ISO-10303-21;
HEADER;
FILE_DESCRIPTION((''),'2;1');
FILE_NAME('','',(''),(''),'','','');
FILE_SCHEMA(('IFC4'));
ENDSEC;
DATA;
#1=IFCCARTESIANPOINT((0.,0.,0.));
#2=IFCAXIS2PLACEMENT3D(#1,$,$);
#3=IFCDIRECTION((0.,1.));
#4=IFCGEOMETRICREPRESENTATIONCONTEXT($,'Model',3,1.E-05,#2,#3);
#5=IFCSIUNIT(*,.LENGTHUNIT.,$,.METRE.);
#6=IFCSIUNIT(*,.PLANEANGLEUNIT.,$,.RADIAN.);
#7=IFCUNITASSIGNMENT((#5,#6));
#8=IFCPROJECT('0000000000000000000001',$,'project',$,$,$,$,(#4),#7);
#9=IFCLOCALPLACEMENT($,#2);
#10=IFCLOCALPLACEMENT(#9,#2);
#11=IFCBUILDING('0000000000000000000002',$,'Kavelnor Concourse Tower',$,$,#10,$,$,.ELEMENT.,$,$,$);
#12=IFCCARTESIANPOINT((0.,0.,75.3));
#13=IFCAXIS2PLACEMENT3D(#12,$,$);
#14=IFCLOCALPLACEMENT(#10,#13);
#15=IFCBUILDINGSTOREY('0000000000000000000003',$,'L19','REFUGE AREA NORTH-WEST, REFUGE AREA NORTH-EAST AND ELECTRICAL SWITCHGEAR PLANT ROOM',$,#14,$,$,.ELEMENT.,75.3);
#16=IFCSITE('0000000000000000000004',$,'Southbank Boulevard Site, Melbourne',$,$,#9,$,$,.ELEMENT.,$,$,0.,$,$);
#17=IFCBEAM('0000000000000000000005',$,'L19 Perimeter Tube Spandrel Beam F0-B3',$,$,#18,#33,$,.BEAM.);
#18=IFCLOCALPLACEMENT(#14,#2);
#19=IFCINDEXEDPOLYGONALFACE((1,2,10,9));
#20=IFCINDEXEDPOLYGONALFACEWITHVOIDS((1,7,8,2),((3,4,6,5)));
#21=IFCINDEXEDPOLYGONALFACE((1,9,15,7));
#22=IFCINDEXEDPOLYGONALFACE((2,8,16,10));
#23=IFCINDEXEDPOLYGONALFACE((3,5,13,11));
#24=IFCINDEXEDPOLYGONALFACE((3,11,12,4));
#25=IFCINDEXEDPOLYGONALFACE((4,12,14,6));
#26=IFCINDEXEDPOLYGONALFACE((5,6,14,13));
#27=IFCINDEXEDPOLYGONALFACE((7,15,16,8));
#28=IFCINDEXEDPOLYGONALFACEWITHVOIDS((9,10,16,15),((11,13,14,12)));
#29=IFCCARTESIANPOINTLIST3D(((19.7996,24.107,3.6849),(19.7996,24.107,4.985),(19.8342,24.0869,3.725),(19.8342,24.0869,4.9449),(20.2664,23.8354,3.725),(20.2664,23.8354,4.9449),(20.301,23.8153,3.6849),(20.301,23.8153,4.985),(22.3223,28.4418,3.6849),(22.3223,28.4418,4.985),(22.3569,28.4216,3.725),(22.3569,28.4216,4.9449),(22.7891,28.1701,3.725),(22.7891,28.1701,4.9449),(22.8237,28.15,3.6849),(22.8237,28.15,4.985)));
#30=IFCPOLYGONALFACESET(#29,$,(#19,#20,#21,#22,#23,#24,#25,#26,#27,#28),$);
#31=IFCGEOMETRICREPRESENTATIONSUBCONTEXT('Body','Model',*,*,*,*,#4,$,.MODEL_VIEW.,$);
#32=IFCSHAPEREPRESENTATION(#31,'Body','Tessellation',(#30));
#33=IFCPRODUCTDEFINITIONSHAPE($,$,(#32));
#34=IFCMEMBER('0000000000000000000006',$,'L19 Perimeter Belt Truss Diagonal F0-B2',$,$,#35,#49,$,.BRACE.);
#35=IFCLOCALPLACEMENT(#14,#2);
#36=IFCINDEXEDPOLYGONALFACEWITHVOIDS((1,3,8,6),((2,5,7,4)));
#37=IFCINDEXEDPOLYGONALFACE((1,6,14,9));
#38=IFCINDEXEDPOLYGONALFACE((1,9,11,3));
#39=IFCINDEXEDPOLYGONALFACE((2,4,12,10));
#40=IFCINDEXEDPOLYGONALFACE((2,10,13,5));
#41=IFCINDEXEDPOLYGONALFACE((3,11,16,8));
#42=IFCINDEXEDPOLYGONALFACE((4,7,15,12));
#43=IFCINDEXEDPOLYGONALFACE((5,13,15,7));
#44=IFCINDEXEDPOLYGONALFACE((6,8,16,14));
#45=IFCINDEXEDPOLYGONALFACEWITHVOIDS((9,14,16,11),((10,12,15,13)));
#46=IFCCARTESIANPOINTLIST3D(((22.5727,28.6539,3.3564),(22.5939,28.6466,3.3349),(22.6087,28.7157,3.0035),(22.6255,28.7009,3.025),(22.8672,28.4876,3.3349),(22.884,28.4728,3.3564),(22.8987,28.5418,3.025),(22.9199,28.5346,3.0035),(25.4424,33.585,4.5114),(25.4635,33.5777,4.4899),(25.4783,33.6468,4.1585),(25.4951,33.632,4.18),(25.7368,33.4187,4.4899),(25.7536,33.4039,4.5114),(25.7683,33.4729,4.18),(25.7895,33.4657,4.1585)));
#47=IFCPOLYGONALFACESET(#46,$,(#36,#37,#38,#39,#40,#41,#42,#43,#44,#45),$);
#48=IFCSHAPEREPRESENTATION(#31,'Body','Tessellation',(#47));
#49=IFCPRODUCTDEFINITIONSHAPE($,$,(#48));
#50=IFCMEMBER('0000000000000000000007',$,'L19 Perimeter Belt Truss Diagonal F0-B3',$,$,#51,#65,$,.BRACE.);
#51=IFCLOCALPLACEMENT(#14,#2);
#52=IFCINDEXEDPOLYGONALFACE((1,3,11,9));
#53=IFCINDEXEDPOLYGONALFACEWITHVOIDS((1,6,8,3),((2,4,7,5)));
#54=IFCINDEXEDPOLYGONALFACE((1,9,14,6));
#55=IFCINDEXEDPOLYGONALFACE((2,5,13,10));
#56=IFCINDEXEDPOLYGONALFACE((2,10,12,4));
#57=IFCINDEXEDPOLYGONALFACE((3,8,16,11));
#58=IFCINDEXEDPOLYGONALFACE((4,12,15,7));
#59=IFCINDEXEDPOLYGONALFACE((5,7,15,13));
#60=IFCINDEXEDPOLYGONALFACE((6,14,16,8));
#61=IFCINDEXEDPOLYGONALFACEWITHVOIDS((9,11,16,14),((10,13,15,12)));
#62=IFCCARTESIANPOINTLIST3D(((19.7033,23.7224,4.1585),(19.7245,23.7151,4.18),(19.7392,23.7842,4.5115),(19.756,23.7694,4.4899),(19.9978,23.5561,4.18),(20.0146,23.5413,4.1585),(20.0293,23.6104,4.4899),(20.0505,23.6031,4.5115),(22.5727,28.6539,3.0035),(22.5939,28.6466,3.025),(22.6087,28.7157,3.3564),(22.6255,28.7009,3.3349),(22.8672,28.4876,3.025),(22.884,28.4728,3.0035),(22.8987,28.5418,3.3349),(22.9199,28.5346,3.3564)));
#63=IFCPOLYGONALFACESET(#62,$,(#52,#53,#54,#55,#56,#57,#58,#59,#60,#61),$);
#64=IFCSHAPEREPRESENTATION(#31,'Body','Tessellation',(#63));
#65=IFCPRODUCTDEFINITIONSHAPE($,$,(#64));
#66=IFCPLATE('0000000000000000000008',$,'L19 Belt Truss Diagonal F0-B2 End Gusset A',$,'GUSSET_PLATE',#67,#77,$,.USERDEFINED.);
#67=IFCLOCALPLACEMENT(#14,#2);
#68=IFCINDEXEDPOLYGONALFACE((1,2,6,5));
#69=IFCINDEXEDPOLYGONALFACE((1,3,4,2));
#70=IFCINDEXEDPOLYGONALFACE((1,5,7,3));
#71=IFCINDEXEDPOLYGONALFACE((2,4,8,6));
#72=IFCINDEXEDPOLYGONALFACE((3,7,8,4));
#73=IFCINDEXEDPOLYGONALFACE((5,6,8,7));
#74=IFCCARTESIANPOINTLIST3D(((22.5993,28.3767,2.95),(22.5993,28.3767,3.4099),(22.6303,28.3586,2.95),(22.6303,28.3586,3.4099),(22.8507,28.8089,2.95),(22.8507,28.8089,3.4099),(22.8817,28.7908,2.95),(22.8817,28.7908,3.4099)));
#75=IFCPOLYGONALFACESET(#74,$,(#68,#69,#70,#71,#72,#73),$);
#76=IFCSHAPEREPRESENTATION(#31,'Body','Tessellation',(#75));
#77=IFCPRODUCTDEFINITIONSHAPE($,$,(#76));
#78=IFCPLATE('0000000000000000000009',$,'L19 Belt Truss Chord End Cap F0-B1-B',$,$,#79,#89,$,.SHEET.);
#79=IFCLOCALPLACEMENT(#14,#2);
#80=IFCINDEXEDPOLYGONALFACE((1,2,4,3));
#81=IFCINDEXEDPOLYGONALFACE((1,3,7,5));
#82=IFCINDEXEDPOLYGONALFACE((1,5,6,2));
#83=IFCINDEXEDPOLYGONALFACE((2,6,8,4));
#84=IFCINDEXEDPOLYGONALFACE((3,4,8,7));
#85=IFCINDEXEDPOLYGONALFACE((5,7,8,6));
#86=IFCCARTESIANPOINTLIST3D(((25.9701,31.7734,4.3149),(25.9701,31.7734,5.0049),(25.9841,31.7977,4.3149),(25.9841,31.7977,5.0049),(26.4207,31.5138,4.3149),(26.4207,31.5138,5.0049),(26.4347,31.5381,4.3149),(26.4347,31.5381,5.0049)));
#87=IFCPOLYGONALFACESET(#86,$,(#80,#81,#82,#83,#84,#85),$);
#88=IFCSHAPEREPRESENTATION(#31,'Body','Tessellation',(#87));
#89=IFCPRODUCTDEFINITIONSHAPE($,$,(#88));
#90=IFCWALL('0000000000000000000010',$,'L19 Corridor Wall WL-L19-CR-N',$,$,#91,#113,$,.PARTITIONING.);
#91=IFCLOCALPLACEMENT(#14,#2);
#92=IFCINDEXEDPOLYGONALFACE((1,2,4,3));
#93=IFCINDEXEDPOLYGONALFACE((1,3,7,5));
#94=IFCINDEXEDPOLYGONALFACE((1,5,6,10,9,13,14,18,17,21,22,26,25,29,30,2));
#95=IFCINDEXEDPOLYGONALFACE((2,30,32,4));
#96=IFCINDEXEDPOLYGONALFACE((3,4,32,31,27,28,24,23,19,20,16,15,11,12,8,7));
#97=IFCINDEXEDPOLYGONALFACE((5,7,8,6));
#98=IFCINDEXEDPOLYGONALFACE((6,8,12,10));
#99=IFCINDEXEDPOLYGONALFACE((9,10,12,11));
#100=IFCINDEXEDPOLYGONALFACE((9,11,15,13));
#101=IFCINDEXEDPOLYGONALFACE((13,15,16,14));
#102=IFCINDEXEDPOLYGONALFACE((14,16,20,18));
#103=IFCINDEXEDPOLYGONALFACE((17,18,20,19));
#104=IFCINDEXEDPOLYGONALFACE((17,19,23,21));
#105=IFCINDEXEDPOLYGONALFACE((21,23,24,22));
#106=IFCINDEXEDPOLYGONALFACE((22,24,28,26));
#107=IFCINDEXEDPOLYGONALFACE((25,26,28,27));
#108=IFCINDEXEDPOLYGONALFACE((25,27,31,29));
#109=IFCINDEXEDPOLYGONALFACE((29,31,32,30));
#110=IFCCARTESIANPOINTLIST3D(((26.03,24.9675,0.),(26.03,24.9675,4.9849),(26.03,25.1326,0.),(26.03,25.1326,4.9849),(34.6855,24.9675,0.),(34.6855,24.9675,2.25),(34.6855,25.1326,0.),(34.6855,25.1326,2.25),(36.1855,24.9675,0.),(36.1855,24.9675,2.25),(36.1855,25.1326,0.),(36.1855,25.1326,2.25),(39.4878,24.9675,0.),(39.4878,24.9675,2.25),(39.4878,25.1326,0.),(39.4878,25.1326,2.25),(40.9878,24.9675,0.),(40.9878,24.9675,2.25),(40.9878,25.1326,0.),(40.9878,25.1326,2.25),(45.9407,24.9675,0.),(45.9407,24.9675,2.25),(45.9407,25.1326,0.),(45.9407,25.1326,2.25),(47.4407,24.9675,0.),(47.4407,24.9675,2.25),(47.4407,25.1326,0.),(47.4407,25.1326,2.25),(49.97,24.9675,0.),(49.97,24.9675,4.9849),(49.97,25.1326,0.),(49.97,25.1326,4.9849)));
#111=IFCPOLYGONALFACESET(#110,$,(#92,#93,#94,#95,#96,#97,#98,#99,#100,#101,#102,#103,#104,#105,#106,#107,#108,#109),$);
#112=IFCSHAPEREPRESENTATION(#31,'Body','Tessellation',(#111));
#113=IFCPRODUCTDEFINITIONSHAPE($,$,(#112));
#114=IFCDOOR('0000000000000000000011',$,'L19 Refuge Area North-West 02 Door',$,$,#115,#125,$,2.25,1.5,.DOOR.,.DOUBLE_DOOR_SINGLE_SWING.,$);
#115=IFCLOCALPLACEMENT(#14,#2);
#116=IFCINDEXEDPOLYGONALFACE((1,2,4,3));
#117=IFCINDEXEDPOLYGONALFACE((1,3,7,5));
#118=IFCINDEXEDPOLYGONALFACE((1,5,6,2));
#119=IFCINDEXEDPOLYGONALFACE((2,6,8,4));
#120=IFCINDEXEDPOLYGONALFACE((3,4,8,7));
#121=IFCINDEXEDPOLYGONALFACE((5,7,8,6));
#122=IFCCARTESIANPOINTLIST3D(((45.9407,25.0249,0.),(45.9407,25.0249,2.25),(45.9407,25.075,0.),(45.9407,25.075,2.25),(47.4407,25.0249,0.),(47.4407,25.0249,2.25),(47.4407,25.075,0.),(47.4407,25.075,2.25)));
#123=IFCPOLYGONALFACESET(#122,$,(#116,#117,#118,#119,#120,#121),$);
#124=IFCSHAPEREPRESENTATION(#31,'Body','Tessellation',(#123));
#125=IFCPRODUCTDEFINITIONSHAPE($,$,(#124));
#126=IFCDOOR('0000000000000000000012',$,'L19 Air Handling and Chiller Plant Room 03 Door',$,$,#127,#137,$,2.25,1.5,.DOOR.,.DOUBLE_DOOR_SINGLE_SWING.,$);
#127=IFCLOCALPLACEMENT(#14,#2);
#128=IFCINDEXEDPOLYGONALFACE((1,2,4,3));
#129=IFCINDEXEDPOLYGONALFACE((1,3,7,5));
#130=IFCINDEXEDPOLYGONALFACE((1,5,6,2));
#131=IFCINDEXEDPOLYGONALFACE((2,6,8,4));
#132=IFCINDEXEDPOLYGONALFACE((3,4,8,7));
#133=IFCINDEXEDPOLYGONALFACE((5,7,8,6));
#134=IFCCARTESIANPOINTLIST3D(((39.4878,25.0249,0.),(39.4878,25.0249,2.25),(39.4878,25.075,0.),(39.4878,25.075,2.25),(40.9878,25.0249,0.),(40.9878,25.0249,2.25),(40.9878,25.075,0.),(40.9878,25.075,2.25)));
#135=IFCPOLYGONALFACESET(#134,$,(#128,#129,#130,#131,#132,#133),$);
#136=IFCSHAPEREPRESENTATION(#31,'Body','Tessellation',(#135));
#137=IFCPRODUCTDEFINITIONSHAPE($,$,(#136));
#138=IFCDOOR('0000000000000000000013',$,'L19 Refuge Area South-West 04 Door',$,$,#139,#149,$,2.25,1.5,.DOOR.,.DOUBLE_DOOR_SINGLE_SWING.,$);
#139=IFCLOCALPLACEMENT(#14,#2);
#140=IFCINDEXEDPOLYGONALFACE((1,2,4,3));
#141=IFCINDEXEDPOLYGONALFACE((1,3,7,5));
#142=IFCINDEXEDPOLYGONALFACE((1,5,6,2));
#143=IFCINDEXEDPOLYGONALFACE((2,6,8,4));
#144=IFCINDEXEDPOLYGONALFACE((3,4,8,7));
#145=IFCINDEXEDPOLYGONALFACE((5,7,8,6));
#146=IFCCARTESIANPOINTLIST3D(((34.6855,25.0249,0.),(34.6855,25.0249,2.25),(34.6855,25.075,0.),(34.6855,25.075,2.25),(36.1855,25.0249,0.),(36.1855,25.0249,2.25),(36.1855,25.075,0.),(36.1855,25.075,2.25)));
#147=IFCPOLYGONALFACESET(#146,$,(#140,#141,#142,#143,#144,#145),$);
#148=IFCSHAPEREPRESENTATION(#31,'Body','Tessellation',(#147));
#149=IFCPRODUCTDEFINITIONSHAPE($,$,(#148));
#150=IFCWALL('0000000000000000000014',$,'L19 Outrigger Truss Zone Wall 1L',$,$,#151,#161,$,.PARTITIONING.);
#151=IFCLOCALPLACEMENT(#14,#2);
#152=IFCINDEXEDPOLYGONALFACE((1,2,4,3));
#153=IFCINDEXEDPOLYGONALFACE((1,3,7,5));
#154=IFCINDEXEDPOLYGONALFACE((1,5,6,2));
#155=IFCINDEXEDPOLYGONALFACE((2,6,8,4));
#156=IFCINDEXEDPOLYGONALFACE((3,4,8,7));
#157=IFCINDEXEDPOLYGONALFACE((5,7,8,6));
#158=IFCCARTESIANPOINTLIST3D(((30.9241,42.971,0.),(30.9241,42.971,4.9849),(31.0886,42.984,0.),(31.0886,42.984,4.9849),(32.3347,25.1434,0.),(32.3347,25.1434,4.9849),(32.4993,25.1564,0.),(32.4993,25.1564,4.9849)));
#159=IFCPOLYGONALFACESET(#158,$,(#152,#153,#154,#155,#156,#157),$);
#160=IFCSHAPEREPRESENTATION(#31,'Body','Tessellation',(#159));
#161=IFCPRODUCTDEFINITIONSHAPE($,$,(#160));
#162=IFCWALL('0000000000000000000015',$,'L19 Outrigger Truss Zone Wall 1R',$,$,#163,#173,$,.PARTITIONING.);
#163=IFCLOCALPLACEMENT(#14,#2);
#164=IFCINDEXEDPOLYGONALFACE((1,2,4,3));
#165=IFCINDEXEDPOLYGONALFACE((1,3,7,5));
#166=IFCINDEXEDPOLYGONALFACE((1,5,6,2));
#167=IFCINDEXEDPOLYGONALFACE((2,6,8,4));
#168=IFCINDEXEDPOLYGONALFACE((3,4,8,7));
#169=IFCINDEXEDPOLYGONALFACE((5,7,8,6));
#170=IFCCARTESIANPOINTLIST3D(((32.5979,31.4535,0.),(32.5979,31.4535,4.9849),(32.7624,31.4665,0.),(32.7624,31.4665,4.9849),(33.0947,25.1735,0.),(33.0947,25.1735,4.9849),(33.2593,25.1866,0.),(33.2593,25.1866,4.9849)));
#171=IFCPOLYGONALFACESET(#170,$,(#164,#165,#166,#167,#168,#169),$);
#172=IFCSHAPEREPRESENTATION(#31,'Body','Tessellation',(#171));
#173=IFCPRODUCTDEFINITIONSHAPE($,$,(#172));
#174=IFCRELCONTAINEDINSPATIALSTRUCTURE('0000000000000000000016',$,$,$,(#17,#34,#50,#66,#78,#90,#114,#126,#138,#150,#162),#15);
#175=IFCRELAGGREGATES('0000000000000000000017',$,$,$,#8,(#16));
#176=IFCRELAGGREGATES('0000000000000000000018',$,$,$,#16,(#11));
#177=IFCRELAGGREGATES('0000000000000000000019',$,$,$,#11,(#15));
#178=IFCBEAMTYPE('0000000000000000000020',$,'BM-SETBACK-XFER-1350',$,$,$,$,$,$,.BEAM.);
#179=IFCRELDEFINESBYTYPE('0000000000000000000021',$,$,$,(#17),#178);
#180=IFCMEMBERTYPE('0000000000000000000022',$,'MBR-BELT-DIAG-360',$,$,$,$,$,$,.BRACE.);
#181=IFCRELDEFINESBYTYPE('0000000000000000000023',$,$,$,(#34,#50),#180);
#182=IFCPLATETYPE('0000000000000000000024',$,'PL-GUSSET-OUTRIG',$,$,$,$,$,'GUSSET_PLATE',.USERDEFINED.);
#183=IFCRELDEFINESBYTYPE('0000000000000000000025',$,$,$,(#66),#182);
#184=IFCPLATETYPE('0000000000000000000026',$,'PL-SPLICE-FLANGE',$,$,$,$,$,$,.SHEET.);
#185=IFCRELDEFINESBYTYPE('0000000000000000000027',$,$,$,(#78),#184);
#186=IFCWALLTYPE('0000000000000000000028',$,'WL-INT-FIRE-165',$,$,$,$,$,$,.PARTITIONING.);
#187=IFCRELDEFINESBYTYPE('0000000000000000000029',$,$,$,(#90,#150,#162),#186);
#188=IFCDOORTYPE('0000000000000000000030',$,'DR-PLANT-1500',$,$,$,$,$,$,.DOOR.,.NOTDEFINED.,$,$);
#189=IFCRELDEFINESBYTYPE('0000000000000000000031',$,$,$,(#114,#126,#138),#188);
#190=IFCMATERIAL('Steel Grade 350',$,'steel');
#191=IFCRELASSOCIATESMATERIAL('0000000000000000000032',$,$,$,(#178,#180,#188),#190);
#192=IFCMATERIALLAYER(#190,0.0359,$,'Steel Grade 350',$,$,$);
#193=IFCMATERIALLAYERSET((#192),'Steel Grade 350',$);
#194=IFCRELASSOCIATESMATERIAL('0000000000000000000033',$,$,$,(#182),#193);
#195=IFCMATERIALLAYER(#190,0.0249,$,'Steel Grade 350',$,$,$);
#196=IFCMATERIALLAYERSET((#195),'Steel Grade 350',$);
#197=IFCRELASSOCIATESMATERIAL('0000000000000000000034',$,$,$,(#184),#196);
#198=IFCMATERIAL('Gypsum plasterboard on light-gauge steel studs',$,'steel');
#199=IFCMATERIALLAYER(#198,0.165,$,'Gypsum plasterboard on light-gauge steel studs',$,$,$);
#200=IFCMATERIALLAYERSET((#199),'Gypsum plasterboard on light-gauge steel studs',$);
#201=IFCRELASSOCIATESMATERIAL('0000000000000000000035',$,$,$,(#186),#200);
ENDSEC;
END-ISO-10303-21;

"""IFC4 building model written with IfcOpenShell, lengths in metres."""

from ifc_helpers import new_model, si_unit, direction, frame, frame_2d, origin, origin_2d, place, context, subcontext, project, spatial, rectangle, hollow_rectangle, extrude, material, layer, layer_set, material_profile, profile_set, type_object, element, fill, save


model = new_model("IFC4")

# Units and contexts
model_context = context("Model", 3, precision=1e-05, world=origin(), true_north=direction((0.0, 1.0)))
body_context = subcontext(model_context, "Body", "Model", "MODEL_VIEW")
ifc_project = project(units=[si_unit("LENGTHUNIT", "METRE"), si_unit("PLANEANGLEUNIT", "RADIAN")], contexts=[model_context])

# Site, building, storey
site_placement = place(None, origin())
site = spatial("IfcSite", under=ifc_project, at=site_placement, Name="Southbank Boulevard Site, Melbourne", CompositionType="ELEMENT", RefElevation=0.0)
building_placement = place(site_placement, origin())
building = spatial("IfcBuilding", under=site, at=building_placement, Name="Kavelnor Concourse Tower", CompositionType="ELEMENT")
storey_placement = place(building_placement, frame((0.0, 0.0, 75.3)))
storey = spatial("IfcBuildingStorey", under=building, at=storey_placement, Name="L19", Description="REFUGE AREA NORTH-WEST, REFUGE AREA NORTH-EAST AND ELECTRICAL SWITCHGEAR PLANT ROOM", CompositionType="ELEMENT", Elevation=75.3)

# Shared definitions
ifc_material_1 = material(Name="Steel Grade 350", Category="steel")

# Beam
ifc_material_profile_1 = material_profile(ifc_material_1, hollow_rectangle(XDim=0.5801, YDim=1.3, WallThickness=0.04, at=origin_2d()), Name="RHS 1300x580x40")
ifc_profile_set_1 = profile_set([ifc_material_profile_1], Name="Steel Grade 350")
beam_type_1 = type_object("IfcBeamType", Name="BM-SETBACK-XFER-1350", PredefinedType="BEAM", material=ifc_profile_set_1)
beam_1_placement = place(storey_placement, frame((22.573, 28.2959, 4.335), z_axis=(-0.502996, -0.864289, 0.0), x_axis=(0.864289, -0.502996, 0.0)))
element("IfcBeam", 1, at=beam_1_placement, inside=storey, type_object=beam_type_1, Name="L19 Perimeter Tube Spandrel Beam F0-B3", PredefinedType="BEAM", context=body_context, shape_type="SweptSolid", body=[
    extrude(hollow_rectangle(XDim=0.5801, YDim=1.3, WallThickness=0.04, at=origin_2d()), origin(), (0.0, 0.0, 1.0), 5.0154),
])

# Members
ifc_material_profile_2 = material_profile(ifc_material_1, hollow_rectangle(XDim=0.3601, YDim=0.3601, WallThickness=0.022, at=origin_2d()), Name="SHS 360x360x22")
ifc_profile_set_2 = profile_set([ifc_material_profile_2], Name="Steel Grade 350")
member_type = type_object("IfcMemberType", Name="MBR-BELT-DIAG-360", PredefinedType="BRACE", material=ifc_profile_set_2)
member_1_placement = place(storey_placement, frame((22.7463, 28.5942, 3.1799), z_axis=(0.492971, 0.847118, 0.198421), x_axis=(-0.864303, 0.502971, 0.0)))
element("IfcMember", 2, at=member_1_placement, inside=storey, type_object=member_type, Name="L19 Perimeter Belt Truss Diagonal F0-B2", PredefinedType="BRACE", context=body_context, shape_type="SweptSolid", body=[
    extrude(hollow_rectangle(XDim=0.3601, YDim=0.3601, WallThickness=0.022, at=origin_2d()), origin(), (0.0, 0.0, 1.0), 5.821),
])
member_2_placement = place(storey_placement, frame((22.7463, 28.5942, 3.1799), z_axis=(-0.492922, -0.847147, 0.198418), x_axis=(0.864332, -0.502921, 0.0)))
element("IfcMember", 3, at=member_2_placement, inside=storey, type_object=member_type, Name="L19 Perimeter Belt Truss Diagonal F0-B3", PredefinedType="BRACE", context=body_context, shape_type="SweptSolid", body=[
    extrude(hollow_rectangle(XDim=0.3601, YDim=0.3601, WallThickness=0.022, at=origin_2d()), origin(), (0.0, 0.0, 1.0), 5.8213),
])

# Plates
ifc_layer_1 = layer(ifc_material_1, 0.0359, Name="Steel Grade 350")
ifc_layer_set_1 = layer_set([ifc_layer_1], Name="Steel Grade 350")
plate_type_1 = type_object("IfcPlateType", Name="PL-GUSSET-OUTRIG", ElementType="GUSSET_PLATE", PredefinedType="USERDEFINED", material=ifc_layer_set_1)
plate_1_placement = place(storey_placement, frame((22.7405, 28.5837, 2.95), z_axis=(0.0, 0.0, 1.0), x_axis=(0.502869, 0.864363, 0.0)))
element("IfcPlate", 4, at=plate_1_placement, inside=storey, type_object=plate_type_1, Name="L19 Belt Truss Diagonal F0-B2 End Gusset A", ObjectType="GUSSET_PLATE", PredefinedType="USERDEFINED", context=body_context, shape_type="SweptSolid", body=[
    extrude(rectangle(XDim=0.5, YDim=0.0359, at=origin_2d()), origin(), (0.0, 0.0, 1.0), 0.46),
])
ifc_layer_2 = layer(ifc_material_1, 0.0249, Name="Steel Grade 350")
ifc_layer_set_2 = layer_set([ifc_layer_2], Name="Steel Grade 350")
plate_type_2 = type_object("IfcPlateType", Name="PL-SPLICE-FLANGE", PredefinedType="SHEET", material=ifc_layer_set_2)
plate_2_placement = place(storey_placement, frame((26.2024, 31.6558, 4.3149), z_axis=(0.0, 0.0, 1.0), x_axis=(0.866461, -0.499244, 0.0)))
element("IfcPlate", 5, at=plate_2_placement, inside=storey, type_object=plate_type_2, Name="L19 Belt Truss Chord End Cap F0-B1-B", PredefinedType="SHEET", context=body_context, shape_type="SweptSolid", body=[
    extrude(rectangle(XDim=0.52, YDim=0.0281, at=origin_2d()), origin(), (0.0, 0.0, 1.0), 0.6899),
])

# Wall, openings, doors
ifc_material_2 = material(Name="Gypsum plasterboard on light-gauge steel studs", Category="steel")
ifc_layer_3 = layer(ifc_material_2, 0.165, Name="Gypsum plasterboard on light-gauge steel studs")
ifc_layer_set_3 = layer_set([ifc_layer_3], Name="Gypsum plasterboard on light-gauge steel studs")
wall_type = type_object("IfcWallType", Name="WL-INT-FIRE-165", PredefinedType="PARTITIONING", material=ifc_layer_set_3)
wall_1_placement = place(storey_placement, frame((26.03, 25.05, 0.0), z_axis=(0.0, 0.0, 1.0), x_axis=(1.0, 0.0, 0.0)))
wall_1 = element("IfcWall", 6, at=wall_1_placement, inside=storey, type_object=wall_type, Name="L19 Corridor Wall WL-L19-CR-N", PredefinedType="PARTITIONING", context=body_context, shape_type="SweptSolid", body=[
    extrude(rectangle(XDim=23.9399, YDim=0.165, at=frame_2d((11.97, 0.0))), origin(), (0.0, 0.0, 1.0), 4.9849),
])
opening_1_placement = place(wall_1_placement, frame((19.9106, 0.0, 0.0)))
opening_1 = element("IfcOpeningElement", 7, at=opening_1_placement, cuts=wall_1, PredefinedType="OPENING", context=body_context, shape_type="SweptSolid", body=[
    extrude(rectangle(XDim=1.5, YDim=2.25, at=frame_2d((0.75, 1.125))), frame((0.0, 0.0925, 0.0), z_axis=(0.0, -1.0, 0.0), x_axis=(1.0, 0.0, 0.0)), (0.0, 0.0, 1.0), 0.1851),
])
opening_2_placement = place(wall_1_placement, frame((13.4578, 0.0, 0.0)))
opening_2 = element("IfcOpeningElement", 8, at=opening_2_placement, cuts=wall_1, PredefinedType="OPENING", context=body_context, shape_type="SweptSolid", body=[
    extrude(rectangle(XDim=1.5, YDim=2.25, at=frame_2d((0.75, 1.125))), frame((0.0, 0.0925, 0.0), z_axis=(0.0, -1.0, 0.0), x_axis=(1.0, 0.0, 0.0)), (0.0, 0.0, 1.0), 0.1851),
])
opening_3_placement = place(wall_1_placement, frame((8.6555, 0.0, 0.0)))
opening_3 = element("IfcOpeningElement", 9, at=opening_3_placement, cuts=wall_1, PredefinedType="OPENING", context=body_context, shape_type="SweptSolid", body=[
    extrude(rectangle(XDim=1.5, YDim=2.25, at=frame_2d((0.75, 1.125))), frame((0.0, 0.0925, 0.0), z_axis=(0.0, -1.0, 0.0), x_axis=(1.0, 0.0, 0.0)), (0.0, 0.0, 1.0), 0.1851),
])
door_type = type_object("IfcDoorType", Name="DR-PLANT-1500", OperationType="NOTDEFINED", PredefinedType="DOOR", material=ifc_material_1)
door_1_placement = place(opening_1_placement, origin())
door_1 = element("IfcDoor", 10, at=door_1_placement, inside=storey, type_object=door_type, Name="L19 Refuge Area North-West 02 Door", OperationType="DOUBLE_DOOR_SINGLE_SWING", OverallHeight=2.25, OverallWidth=1.5, PredefinedType="DOOR", context=body_context, shape_type="SweptSolid", body=[
    extrude(rectangle(XDim=1.5, YDim=2.25, at=frame_2d((0.75, 1.125))), frame((0.0, 0.0249, 0.0), z_axis=(0.0, -1.0, 0.0), x_axis=(1.0, 0.0, 0.0)), (0.0, 0.0, 1.0), 0.05),
])
fill(opening_1, door_1)
door_2_placement = place(opening_2_placement, origin())
door_2 = element("IfcDoor", 11, at=door_2_placement, inside=storey, type_object=door_type, Name="L19 Air Handling and Chiller Plant Room 03 Door", OperationType="DOUBLE_DOOR_SINGLE_SWING", OverallHeight=2.25, OverallWidth=1.5, PredefinedType="DOOR", context=body_context, shape_type="SweptSolid", body=[
    extrude(rectangle(XDim=1.5, YDim=2.25, at=frame_2d((0.75, 1.125))), frame((0.0, 0.0249, 0.0), z_axis=(0.0, -1.0, 0.0), x_axis=(1.0, 0.0, 0.0)), (0.0, 0.0, 1.0), 0.05),
])
fill(opening_2, door_2)
door_3_placement = place(opening_3_placement, origin())
door_3 = element("IfcDoor", 12, at=door_3_placement, inside=storey, type_object=door_type, Name="L19 Refuge Area South-West 04 Door", OperationType="DOUBLE_DOOR_SINGLE_SWING", OverallHeight=2.25, OverallWidth=1.5, PredefinedType="DOOR", context=body_context, shape_type="SweptSolid", body=[
    extrude(rectangle(XDim=1.5, YDim=2.25, at=frame_2d((0.75, 1.125))), frame((0.0, 0.0249, 0.0), z_axis=(0.0, -1.0, 0.0), x_axis=(1.0, 0.0, 0.0)), (0.0, 0.0, 1.0), 0.05),
])
fill(opening_3, door_3)

# Walls
wall_2_placement = place(storey_placement, frame((32.417, 25.1499, 0.0), z_axis=(0.0, 0.0, 1.0), x_axis=(-0.07888, 0.996884, 0.0)))
element("IfcWall", 13, at=wall_2_placement, inside=storey, type_object=wall_type, Name="L19 Outrigger Truss Zone Wall 1L", PredefinedType="PARTITIONING", context=body_context, shape_type="SweptSolid", body=[
    extrude(rectangle(XDim=17.8833, YDim=0.165, at=frame_2d((8.9417, 0.0))), origin(), (0.0, 0.0, 1.0), 4.9849),
])
wall_3_placement = place(storey_placement, frame((33.177, 25.1799, 0.0), z_axis=(0.0, 0.0, 1.0), x_axis=(-0.078866, 0.996885, 0.0)))
element("IfcWall", 14, at=wall_3_placement, inside=storey, type_object=wall_type, Name="L19 Outrigger Truss Zone Wall 1R", PredefinedType="PARTITIONING", context=body_context, shape_type="SweptSolid", body=[
    extrude(rectangle(XDim=6.2996, YDim=0.165, at=frame_2d((3.1499, 0.0))), origin(), (0.0, 0.0, 1.0), 4.9849),
])

save(model, "model.ifc")
